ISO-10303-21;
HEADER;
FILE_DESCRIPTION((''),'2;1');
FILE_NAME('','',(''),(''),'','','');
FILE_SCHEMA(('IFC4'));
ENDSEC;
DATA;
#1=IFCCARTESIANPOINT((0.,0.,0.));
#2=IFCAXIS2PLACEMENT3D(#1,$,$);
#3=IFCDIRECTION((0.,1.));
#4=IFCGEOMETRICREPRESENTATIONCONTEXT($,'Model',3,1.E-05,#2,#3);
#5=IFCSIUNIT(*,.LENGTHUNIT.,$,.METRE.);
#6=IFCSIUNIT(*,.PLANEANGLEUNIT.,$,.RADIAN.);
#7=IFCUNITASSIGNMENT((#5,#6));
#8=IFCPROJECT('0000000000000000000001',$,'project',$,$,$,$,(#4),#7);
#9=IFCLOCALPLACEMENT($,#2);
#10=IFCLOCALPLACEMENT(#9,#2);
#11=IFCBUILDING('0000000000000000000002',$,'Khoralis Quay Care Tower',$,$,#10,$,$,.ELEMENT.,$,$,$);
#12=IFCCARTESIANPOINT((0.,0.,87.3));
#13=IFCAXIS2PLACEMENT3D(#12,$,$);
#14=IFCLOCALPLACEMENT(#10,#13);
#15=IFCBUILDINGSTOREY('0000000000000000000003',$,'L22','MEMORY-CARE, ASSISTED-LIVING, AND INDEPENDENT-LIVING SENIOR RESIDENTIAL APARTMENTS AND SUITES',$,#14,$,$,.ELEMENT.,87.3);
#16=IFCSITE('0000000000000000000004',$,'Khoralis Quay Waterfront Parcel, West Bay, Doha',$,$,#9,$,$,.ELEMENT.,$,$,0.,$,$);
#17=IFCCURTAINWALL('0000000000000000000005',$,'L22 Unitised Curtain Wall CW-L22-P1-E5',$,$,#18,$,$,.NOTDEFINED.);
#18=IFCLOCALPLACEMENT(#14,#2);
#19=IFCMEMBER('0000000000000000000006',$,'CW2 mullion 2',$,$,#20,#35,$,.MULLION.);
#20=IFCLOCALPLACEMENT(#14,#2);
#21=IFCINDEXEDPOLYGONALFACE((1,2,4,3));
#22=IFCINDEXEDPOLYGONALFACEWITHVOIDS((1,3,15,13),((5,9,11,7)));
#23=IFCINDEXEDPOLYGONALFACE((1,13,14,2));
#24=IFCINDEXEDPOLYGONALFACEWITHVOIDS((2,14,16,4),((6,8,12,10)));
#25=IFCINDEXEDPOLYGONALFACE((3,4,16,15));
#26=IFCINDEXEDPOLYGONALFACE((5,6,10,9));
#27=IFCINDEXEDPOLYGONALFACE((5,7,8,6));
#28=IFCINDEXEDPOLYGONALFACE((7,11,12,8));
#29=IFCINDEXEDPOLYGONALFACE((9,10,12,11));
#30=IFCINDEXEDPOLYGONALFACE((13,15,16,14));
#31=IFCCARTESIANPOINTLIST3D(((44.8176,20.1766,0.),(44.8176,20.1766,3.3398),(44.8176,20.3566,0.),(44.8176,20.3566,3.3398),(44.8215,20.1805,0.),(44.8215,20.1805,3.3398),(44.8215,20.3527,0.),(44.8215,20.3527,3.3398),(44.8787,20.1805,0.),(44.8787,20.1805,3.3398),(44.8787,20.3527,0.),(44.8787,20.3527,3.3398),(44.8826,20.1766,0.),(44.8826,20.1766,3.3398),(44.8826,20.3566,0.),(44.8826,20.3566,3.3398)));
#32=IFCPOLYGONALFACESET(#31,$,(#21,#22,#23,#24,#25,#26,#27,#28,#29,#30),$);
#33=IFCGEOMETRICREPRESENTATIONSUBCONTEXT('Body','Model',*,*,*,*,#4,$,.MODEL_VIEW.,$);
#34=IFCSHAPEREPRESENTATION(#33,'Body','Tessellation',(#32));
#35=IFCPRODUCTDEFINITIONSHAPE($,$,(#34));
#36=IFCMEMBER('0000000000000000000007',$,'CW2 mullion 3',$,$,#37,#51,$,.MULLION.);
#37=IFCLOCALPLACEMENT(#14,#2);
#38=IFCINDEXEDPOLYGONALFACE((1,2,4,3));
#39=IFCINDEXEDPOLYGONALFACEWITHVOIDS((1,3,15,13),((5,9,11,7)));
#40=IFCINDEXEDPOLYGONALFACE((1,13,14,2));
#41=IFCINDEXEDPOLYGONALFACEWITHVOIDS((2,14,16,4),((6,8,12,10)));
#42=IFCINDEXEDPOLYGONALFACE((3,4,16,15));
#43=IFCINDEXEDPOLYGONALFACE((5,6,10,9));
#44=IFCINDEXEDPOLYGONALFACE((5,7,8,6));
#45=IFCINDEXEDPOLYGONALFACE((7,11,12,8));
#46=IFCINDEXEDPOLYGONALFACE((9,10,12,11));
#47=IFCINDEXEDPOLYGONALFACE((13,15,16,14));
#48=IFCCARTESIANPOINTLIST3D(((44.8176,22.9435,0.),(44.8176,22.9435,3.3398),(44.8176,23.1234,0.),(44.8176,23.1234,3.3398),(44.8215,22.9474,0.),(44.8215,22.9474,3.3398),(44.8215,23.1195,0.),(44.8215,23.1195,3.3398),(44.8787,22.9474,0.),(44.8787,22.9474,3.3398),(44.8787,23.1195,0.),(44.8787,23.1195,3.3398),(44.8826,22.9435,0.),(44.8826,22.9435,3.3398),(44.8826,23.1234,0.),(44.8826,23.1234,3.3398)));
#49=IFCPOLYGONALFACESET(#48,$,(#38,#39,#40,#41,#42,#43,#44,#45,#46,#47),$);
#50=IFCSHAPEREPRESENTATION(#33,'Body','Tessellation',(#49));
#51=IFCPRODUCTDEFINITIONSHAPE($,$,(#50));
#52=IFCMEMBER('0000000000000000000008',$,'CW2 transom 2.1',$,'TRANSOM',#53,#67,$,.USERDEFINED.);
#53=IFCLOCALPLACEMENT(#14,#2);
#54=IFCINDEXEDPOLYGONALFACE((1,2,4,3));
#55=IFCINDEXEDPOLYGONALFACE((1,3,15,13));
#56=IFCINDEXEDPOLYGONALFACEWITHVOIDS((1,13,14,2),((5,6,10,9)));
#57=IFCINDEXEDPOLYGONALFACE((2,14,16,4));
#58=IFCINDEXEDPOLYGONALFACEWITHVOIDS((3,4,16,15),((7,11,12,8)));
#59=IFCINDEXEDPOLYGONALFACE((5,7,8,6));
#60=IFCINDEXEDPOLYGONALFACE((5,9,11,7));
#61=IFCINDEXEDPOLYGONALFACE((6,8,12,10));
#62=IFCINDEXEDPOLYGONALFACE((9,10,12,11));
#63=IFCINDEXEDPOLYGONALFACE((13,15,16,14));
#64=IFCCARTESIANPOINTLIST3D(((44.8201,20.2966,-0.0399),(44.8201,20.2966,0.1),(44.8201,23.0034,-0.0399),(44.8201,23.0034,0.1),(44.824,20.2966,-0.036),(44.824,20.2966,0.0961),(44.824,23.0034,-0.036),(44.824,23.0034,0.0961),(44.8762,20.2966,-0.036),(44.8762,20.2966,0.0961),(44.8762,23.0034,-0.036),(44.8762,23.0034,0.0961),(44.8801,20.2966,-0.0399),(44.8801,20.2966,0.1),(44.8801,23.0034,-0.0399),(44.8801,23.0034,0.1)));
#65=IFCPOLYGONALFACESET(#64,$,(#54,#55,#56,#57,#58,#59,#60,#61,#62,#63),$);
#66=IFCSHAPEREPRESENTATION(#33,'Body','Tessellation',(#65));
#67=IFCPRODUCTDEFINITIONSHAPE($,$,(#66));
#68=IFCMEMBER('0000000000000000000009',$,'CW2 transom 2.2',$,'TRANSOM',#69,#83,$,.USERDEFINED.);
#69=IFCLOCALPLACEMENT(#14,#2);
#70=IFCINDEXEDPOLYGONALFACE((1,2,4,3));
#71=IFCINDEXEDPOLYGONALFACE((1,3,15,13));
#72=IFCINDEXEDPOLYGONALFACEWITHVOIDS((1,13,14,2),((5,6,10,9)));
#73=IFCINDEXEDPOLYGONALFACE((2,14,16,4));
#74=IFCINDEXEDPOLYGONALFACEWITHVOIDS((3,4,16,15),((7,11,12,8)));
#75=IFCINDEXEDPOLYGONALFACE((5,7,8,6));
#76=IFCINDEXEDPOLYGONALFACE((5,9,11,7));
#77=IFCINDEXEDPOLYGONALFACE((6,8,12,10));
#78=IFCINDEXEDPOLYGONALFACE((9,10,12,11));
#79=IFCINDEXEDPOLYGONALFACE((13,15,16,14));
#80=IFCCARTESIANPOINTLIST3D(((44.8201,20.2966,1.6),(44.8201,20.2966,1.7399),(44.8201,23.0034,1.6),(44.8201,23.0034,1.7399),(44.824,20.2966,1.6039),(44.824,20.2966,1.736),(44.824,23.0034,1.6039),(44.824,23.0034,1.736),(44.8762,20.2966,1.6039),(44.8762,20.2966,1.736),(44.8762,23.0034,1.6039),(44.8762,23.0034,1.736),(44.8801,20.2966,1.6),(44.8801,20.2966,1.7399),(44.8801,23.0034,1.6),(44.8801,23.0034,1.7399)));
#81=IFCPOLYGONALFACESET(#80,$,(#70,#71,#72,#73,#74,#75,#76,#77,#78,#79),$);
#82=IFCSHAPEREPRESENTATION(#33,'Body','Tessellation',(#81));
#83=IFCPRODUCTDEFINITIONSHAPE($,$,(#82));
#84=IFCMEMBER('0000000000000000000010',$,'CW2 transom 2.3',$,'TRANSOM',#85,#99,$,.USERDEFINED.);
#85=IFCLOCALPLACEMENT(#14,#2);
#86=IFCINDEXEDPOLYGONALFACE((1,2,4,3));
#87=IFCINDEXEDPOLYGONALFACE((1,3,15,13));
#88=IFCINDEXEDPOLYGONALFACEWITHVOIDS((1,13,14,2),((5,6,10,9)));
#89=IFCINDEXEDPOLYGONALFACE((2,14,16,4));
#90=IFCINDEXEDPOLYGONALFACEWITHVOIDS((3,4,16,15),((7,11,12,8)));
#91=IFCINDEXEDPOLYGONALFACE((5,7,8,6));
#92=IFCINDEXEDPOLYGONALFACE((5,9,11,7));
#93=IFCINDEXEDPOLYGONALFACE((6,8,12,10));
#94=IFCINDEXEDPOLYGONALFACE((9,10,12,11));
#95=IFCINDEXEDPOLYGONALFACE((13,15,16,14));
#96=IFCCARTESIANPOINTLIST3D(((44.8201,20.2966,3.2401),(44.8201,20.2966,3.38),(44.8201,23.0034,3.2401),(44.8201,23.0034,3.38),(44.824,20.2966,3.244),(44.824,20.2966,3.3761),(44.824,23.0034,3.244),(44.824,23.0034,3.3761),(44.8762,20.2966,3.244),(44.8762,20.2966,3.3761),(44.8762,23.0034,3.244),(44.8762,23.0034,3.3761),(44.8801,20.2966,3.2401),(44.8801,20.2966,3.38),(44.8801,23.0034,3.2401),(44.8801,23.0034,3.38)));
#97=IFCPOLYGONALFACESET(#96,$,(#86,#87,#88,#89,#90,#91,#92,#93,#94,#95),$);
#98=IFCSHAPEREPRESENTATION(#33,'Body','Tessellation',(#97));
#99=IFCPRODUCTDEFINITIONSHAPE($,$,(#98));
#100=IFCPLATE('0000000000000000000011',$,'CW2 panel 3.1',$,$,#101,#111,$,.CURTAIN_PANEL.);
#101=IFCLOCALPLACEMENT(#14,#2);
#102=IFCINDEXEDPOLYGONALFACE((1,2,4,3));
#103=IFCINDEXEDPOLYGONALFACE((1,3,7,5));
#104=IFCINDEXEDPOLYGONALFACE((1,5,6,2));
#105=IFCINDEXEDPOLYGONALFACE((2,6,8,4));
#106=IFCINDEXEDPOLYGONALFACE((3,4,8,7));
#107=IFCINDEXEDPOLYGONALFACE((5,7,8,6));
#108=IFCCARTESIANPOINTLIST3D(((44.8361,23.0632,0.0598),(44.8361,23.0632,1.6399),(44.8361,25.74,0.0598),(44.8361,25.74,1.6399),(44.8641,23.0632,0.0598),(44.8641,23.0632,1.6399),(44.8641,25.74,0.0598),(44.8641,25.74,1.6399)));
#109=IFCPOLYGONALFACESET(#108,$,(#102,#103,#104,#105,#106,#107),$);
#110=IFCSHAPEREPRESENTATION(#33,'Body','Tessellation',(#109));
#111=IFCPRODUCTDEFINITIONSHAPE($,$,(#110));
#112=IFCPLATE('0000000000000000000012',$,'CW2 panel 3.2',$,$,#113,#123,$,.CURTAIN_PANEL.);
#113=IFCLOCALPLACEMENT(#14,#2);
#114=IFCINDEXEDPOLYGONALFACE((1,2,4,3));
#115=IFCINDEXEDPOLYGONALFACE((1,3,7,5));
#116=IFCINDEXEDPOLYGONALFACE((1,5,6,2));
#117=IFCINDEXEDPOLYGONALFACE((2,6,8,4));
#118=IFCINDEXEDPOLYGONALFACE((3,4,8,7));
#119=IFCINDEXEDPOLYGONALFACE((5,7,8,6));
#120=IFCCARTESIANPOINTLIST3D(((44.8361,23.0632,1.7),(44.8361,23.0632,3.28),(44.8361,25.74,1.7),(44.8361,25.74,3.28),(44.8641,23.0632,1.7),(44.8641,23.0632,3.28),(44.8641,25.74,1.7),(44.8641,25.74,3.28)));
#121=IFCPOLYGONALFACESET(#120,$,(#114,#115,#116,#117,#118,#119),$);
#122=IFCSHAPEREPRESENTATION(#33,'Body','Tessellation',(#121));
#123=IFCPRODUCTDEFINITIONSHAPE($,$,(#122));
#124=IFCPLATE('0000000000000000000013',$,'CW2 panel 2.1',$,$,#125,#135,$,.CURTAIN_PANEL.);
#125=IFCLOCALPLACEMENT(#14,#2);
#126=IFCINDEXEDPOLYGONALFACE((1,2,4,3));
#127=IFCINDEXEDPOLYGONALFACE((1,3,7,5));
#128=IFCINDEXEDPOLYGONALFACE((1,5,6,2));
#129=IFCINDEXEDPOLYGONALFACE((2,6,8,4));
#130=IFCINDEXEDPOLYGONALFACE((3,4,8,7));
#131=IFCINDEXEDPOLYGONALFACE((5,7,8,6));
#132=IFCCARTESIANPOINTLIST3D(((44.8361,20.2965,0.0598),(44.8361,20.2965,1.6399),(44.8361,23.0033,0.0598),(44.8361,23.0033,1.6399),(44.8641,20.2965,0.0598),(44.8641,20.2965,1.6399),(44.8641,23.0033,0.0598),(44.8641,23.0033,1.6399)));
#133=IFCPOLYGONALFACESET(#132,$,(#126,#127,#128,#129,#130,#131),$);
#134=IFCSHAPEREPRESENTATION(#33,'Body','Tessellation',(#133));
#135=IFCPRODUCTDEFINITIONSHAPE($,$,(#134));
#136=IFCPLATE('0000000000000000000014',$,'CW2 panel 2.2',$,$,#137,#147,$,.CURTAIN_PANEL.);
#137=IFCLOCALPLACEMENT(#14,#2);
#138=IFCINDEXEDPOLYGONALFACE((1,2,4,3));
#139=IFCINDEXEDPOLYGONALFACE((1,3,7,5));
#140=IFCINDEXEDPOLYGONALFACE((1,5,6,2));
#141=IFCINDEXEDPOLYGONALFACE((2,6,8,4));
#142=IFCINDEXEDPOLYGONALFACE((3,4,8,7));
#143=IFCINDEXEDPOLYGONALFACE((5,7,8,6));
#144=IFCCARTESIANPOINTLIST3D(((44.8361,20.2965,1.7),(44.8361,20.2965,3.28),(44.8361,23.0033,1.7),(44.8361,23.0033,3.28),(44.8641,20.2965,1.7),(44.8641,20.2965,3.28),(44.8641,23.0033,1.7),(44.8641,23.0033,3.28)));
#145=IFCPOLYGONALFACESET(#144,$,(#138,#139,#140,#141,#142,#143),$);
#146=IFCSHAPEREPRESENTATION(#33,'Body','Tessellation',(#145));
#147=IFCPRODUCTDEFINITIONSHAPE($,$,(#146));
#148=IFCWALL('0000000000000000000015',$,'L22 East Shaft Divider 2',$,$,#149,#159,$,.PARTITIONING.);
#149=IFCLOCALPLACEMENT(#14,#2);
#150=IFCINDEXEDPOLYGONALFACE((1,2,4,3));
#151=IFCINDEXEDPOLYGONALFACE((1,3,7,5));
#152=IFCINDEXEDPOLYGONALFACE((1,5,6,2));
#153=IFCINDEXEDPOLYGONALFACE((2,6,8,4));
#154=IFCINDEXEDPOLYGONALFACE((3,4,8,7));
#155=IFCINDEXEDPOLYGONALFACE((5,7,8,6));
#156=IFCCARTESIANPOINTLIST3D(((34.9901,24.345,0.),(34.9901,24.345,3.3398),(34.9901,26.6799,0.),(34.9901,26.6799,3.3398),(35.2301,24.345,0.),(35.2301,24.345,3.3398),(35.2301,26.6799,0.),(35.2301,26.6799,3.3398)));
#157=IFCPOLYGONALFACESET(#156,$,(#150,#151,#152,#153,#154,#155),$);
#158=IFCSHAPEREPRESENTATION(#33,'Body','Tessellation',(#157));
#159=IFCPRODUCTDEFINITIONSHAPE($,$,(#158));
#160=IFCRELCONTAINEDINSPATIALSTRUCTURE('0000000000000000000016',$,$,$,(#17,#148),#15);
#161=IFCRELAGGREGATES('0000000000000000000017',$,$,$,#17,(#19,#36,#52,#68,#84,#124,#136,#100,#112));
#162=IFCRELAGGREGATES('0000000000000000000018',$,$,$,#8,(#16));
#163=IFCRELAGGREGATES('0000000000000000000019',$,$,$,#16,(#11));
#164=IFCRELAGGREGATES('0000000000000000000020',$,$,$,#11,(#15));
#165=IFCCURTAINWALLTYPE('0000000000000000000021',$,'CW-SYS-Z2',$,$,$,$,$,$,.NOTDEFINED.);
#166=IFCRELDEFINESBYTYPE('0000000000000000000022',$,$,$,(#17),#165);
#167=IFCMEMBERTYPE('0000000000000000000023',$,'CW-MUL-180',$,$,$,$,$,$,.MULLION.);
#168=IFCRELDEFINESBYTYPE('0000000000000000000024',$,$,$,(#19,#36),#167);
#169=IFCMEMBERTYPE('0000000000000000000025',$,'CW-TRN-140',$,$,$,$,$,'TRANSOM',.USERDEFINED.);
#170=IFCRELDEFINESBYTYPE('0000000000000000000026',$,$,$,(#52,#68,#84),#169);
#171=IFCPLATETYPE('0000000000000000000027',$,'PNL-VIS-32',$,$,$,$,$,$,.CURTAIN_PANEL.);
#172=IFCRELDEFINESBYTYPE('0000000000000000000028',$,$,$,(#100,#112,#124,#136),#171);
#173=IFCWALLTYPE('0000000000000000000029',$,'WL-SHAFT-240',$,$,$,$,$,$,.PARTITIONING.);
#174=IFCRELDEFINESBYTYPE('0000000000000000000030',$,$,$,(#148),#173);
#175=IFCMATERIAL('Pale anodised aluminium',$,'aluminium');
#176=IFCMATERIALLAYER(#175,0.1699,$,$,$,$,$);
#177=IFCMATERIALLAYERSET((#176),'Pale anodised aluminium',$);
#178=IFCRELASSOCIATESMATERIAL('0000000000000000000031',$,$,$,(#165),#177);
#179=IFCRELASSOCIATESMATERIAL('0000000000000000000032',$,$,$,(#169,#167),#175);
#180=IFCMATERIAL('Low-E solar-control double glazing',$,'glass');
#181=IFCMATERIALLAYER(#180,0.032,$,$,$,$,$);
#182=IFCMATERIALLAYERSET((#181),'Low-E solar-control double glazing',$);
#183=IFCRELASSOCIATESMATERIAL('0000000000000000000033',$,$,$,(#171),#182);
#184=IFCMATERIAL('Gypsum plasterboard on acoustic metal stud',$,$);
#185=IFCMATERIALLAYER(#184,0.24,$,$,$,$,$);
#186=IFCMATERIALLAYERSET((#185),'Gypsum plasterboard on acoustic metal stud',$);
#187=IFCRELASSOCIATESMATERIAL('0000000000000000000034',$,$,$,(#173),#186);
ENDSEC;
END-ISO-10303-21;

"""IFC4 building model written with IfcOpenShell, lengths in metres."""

from ifc_helpers import new_model, si_unit, direction, frame, frame_2d, origin, origin_2d, place, context, subcontext, project, spatial, rectangle, hollow_rectangle, extrude, source, transform, mapped, material, layer, layer_set, material_profile, profile_set, type_object, element, aggregate, save


model = new_model("IFC4")

# Units and contexts
model_context = context("Model", 3, precision=1e-05, world=origin(), true_north=direction((0.0, 1.0)))
body_context = subcontext(model_context, "Body", "Model", "MODEL_VIEW")
ifc_project = project(units=[si_unit("LENGTHUNIT", "METRE"), si_unit("PLANEANGLEUNIT", "RADIAN")], contexts=[model_context])

# Site, building, storey
site_placement = place(None, origin())
site = spatial("IfcSite", under=ifc_project, at=site_placement, Name="Khoralis Quay Waterfront Parcel, West Bay, Doha", CompositionType="ELEMENT", RefElevation=0.0)
building_placement = place(site_placement, origin())
building = spatial("IfcBuilding", under=site, at=building_placement, Name="Khoralis Quay Care Tower", CompositionType="ELEMENT")
storey_placement = place(building_placement, frame((0.0, 0.0, 87.3)))
storey = spatial("IfcBuildingStorey", under=building, at=storey_placement, Name="L22", Description="MEMORY-CARE, ASSISTED-LIVING, AND INDEPENDENT-LIVING SENIOR RESIDENTIAL APARTMENTS AND SUITES", CompositionType="ELEMENT", Elevation=87.3)

# Curtain wall, members, plates
ifc_material_1 = material(Name="Pale anodised aluminium", Category="aluminium")
ifc_layer_1 = layer(ifc_material_1, 0.1699)
ifc_layer_set_1 = layer_set([ifc_layer_1], Name="Pale anodised aluminium")
curtain_wall_type = type_object("IfcCurtainWallType", Name="CW-SYS-Z2", PredefinedType="NOTDEFINED", material=ifc_layer_set_1)
curtain_wall_placement = place(storey_placement, origin())
curtain_wall = element("IfcCurtainWall", 1, at=curtain_wall_placement, inside=storey, type_object=curtain_wall_type, Name="L22 Unitised Curtain Wall CW-L22-P1-E5", PredefinedType="NOTDEFINED")
ifc_material_profile_1 = material_profile(ifc_material_1, hollow_rectangle(XDim=0.0601, YDim=0.1399, WallThickness=0.0039, at=origin_2d()), Name="Pale anodised aluminium")
ifc_profile_set_1 = profile_set([ifc_material_profile_1], Name="Pale anodised aluminium")
member_type_1 = type_object("IfcMemberType", Name="CW-TRN-140", ElementType="TRANSOM", PredefinedType="USERDEFINED", material=ifc_profile_set_1)
ifc_material_profile_2 = material_profile(ifc_material_1, hollow_rectangle(XDim=0.0649, YDim=0.1799, WallThickness=0.0039, at=origin_2d()), Name="Pale anodised aluminium")
ifc_profile_set_2 = profile_set([ifc_material_profile_2], Name="Pale anodised aluminium")
member_type_2 = type_object("IfcMemberType", Name="CW-MUL-180", PredefinedType="MULLION", material=ifc_profile_set_2)
shared_shape_1 = source(origin(), body_context, "Body", "SweptSolid", [
    extrude(hollow_rectangle(XDim=0.0649, YDim=0.1799, WallThickness=0.0039, at=origin_2d()), origin(), (0.0, 0.0, 1.0), 3.3398),
])
member_1_placement = place(storey_placement, frame((44.8501, 20.2666, 0.0), z_axis=(0.0, 0.0, 1.0), x_axis=(-1.0, 0.0, 0.0)))
member_1 = element("IfcMember", 2, at=member_1_placement, type_object=member_type_2, Name="CW2 mullion 2", PredefinedType="MULLION", context=body_context, shape_type="MappedRepresentation", body=[
    mapped(shared_shape_1, transform((0.0, 0.0, 0.0), scale=1.0)),
])
member_2_placement = place(storey_placement, frame((44.8501, 23.0334, 0.0), z_axis=(0.0, 0.0, 1.0), x_axis=(-1.0, 0.0, 0.0)))
member_2 = element("IfcMember", 3, at=member_2_placement, type_object=member_type_2, Name="CW2 mullion 3", PredefinedType="MULLION", context=body_context, shape_type="MappedRepresentation", body=[
    mapped(shared_shape_1, transform((0.0, 0.0, 0.0), scale=1.0)),
])
shared_shape_2 = source(origin(), body_context, "Body", "SweptSolid", [
    extrude(hollow_rectangle(XDim=0.0601, YDim=0.1399, WallThickness=0.0039, at=origin_2d()), origin(), (0.0, 0.0, 1.0), 2.7068),
])
member_3_placement = place(storey_placement, frame((44.8501, 20.2966, 0.03), z_axis=(0.0, 1.0, 0.0), x_axis=(-1.0, 0.0, 0.0)))
member_3 = element("IfcMember", 4, at=member_3_placement, type_object=member_type_1, Name="CW2 transom 2.1", ObjectType="TRANSOM", PredefinedType="USERDEFINED", context=body_context, shape_type="MappedRepresentation", body=[
    mapped(shared_shape_2, transform((0.0, 0.0, 0.0), scale=1.0)),
])
member_4_placement = place(storey_placement, frame((44.8501, 20.2966, 1.6699), z_axis=(0.0, 1.0, 0.0), x_axis=(-1.0, 0.0, 0.0)))
member_4 = element("IfcMember", 5, at=member_4_placement, type_object=member_type_1, Name="CW2 transom 2.2", ObjectType="TRANSOM", PredefinedType="USERDEFINED", context=body_context, shape_type="MappedRepresentation", body=[
    mapped(shared_shape_2, transform((0.0, 0.0, 0.0), scale=1.0)),
])
member_5_placement = place(storey_placement, frame((44.8501, 20.2966, 3.3101), z_axis=(0.0, 1.0, 0.0), x_axis=(-1.0, 0.0, 0.0)))
member_5 = element("IfcMember", 6, at=member_5_placement, type_object=member_type_1, Name="CW2 transom 2.3", ObjectType="TRANSOM", PredefinedType="USERDEFINED", context=body_context, shape_type="MappedRepresentation", body=[
    mapped(shared_shape_2, transform((0.0, 0.0, 0.0), scale=1.0)),
])
ifc_material_2 = material(Name="Low-E solar-control double glazing", Category="glass")
ifc_layer_2 = layer(ifc_material_2, 0.032)
ifc_layer_set_2 = layer_set([ifc_layer_2], Name="Low-E solar-control double glazing")
plate_type = type_object("IfcPlateType", Name="PNL-VIS-32", PredefinedType="CURTAIN_PANEL", material=ifc_layer_set_2)
shared_shape_3 = source(origin(), body_context, "Body", "SweptSolid", [
    extrude(rectangle(XDim=2.6768, YDim=0.0281, at=origin_2d()), origin(), (0.0, 0.0, 1.0), 1.5801),
])
plate_1_placement = place(storey_placement, frame((44.8501, 24.4016, 0.0598), z_axis=(0.0, 0.0, 1.0), x_axis=(0.0, 1.0, 0.0)))
plate_1 = element("IfcPlate", 7, at=plate_1_placement, type_object=plate_type, Name="CW2 panel 3.1", PredefinedType="CURTAIN_PANEL", context=body_context, shape_type="MappedRepresentation", body=[
    mapped(shared_shape_3, transform((0.0, 0.0, 0.0), scale=1.0)),
])
plate_2_placement = place(storey_placement, frame((44.8501, 24.4016, 1.7), z_axis=(0.0, 0.0, 1.0), x_axis=(0.0, 1.0, 0.0)))
plate_2 = element("IfcPlate", 8, at=plate_2_placement, type_object=plate_type, Name="CW2 panel 3.2", PredefinedType="CURTAIN_PANEL", context=body_context, shape_type="MappedRepresentation", body=[
    mapped(shared_shape_3, transform((0.0, 0.0, 0.0), scale=1.0)),
])
shared_shape_4 = source(origin(), body_context, "Body", "SweptSolid", [
    extrude(rectangle(XDim=2.7068, YDim=0.0281, at=origin_2d()), origin(), (0.0, 0.0, 1.0), 1.5801),
])
plate_3_placement = place(storey_placement, frame((44.8501, 21.6499, 0.0598), z_axis=(0.0, 0.0, 1.0), x_axis=(0.0, 1.0, 0.0)))
plate_3 = element("IfcPlate", 9, at=plate_3_placement, type_object=plate_type, Name="CW2 panel 2.1", PredefinedType="CURTAIN_PANEL", context=body_context, shape_type="MappedRepresentation", body=[
    mapped(shared_shape_4, transform((0.0, 0.0, 0.0), scale=1.0)),
])
plate_4_placement = place(storey_placement, frame((44.8501, 21.6499, 1.7), z_axis=(0.0, 0.0, 1.0), x_axis=(0.0, 1.0, 0.0)))
plate_4 = element("IfcPlate", 10, at=plate_4_placement, type_object=plate_type, Name="CW2 panel 2.2", PredefinedType="CURTAIN_PANEL", context=body_context, shape_type="MappedRepresentation", body=[
    mapped(shared_shape_4, transform((0.0, 0.0, 0.0), scale=1.0)),
])
aggregate(curtain_wall, [member_1, member_2, member_3, member_4, member_5, plate_3, plate_4, plate_1, plate_2])

# Wall
ifc_material_3 = material(Name="Gypsum plasterboard on acoustic metal stud")
ifc_layer_3 = layer(ifc_material_3, 0.24)
ifc_layer_set_3 = layer_set([ifc_layer_3], Name="Gypsum plasterboard on acoustic metal stud")
wall_type = type_object("IfcWallType", Name="WL-SHAFT-240", PredefinedType="PARTITIONING", material=ifc_layer_set_3)
wall_placement = place(storey_placement, frame((35.1101, 24.345, 0.0), z_axis=(0.0, 0.0, 1.0), x_axis=(0.0, 1.0, 0.0)))
element("IfcWall", 11, at=wall_placement, inside=storey, type_object=wall_type, Name="L22 East Shaft Divider 2", PredefinedType="PARTITIONING", context=body_context, shape_type="SweptSolid", body=[
    extrude(rectangle(XDim=2.335, YDim=0.24, at=frame_2d((1.1675, 0.0))), origin(), (0.0, 0.0, 1.0), 3.3398),
])

save(model, "model.ifc")
